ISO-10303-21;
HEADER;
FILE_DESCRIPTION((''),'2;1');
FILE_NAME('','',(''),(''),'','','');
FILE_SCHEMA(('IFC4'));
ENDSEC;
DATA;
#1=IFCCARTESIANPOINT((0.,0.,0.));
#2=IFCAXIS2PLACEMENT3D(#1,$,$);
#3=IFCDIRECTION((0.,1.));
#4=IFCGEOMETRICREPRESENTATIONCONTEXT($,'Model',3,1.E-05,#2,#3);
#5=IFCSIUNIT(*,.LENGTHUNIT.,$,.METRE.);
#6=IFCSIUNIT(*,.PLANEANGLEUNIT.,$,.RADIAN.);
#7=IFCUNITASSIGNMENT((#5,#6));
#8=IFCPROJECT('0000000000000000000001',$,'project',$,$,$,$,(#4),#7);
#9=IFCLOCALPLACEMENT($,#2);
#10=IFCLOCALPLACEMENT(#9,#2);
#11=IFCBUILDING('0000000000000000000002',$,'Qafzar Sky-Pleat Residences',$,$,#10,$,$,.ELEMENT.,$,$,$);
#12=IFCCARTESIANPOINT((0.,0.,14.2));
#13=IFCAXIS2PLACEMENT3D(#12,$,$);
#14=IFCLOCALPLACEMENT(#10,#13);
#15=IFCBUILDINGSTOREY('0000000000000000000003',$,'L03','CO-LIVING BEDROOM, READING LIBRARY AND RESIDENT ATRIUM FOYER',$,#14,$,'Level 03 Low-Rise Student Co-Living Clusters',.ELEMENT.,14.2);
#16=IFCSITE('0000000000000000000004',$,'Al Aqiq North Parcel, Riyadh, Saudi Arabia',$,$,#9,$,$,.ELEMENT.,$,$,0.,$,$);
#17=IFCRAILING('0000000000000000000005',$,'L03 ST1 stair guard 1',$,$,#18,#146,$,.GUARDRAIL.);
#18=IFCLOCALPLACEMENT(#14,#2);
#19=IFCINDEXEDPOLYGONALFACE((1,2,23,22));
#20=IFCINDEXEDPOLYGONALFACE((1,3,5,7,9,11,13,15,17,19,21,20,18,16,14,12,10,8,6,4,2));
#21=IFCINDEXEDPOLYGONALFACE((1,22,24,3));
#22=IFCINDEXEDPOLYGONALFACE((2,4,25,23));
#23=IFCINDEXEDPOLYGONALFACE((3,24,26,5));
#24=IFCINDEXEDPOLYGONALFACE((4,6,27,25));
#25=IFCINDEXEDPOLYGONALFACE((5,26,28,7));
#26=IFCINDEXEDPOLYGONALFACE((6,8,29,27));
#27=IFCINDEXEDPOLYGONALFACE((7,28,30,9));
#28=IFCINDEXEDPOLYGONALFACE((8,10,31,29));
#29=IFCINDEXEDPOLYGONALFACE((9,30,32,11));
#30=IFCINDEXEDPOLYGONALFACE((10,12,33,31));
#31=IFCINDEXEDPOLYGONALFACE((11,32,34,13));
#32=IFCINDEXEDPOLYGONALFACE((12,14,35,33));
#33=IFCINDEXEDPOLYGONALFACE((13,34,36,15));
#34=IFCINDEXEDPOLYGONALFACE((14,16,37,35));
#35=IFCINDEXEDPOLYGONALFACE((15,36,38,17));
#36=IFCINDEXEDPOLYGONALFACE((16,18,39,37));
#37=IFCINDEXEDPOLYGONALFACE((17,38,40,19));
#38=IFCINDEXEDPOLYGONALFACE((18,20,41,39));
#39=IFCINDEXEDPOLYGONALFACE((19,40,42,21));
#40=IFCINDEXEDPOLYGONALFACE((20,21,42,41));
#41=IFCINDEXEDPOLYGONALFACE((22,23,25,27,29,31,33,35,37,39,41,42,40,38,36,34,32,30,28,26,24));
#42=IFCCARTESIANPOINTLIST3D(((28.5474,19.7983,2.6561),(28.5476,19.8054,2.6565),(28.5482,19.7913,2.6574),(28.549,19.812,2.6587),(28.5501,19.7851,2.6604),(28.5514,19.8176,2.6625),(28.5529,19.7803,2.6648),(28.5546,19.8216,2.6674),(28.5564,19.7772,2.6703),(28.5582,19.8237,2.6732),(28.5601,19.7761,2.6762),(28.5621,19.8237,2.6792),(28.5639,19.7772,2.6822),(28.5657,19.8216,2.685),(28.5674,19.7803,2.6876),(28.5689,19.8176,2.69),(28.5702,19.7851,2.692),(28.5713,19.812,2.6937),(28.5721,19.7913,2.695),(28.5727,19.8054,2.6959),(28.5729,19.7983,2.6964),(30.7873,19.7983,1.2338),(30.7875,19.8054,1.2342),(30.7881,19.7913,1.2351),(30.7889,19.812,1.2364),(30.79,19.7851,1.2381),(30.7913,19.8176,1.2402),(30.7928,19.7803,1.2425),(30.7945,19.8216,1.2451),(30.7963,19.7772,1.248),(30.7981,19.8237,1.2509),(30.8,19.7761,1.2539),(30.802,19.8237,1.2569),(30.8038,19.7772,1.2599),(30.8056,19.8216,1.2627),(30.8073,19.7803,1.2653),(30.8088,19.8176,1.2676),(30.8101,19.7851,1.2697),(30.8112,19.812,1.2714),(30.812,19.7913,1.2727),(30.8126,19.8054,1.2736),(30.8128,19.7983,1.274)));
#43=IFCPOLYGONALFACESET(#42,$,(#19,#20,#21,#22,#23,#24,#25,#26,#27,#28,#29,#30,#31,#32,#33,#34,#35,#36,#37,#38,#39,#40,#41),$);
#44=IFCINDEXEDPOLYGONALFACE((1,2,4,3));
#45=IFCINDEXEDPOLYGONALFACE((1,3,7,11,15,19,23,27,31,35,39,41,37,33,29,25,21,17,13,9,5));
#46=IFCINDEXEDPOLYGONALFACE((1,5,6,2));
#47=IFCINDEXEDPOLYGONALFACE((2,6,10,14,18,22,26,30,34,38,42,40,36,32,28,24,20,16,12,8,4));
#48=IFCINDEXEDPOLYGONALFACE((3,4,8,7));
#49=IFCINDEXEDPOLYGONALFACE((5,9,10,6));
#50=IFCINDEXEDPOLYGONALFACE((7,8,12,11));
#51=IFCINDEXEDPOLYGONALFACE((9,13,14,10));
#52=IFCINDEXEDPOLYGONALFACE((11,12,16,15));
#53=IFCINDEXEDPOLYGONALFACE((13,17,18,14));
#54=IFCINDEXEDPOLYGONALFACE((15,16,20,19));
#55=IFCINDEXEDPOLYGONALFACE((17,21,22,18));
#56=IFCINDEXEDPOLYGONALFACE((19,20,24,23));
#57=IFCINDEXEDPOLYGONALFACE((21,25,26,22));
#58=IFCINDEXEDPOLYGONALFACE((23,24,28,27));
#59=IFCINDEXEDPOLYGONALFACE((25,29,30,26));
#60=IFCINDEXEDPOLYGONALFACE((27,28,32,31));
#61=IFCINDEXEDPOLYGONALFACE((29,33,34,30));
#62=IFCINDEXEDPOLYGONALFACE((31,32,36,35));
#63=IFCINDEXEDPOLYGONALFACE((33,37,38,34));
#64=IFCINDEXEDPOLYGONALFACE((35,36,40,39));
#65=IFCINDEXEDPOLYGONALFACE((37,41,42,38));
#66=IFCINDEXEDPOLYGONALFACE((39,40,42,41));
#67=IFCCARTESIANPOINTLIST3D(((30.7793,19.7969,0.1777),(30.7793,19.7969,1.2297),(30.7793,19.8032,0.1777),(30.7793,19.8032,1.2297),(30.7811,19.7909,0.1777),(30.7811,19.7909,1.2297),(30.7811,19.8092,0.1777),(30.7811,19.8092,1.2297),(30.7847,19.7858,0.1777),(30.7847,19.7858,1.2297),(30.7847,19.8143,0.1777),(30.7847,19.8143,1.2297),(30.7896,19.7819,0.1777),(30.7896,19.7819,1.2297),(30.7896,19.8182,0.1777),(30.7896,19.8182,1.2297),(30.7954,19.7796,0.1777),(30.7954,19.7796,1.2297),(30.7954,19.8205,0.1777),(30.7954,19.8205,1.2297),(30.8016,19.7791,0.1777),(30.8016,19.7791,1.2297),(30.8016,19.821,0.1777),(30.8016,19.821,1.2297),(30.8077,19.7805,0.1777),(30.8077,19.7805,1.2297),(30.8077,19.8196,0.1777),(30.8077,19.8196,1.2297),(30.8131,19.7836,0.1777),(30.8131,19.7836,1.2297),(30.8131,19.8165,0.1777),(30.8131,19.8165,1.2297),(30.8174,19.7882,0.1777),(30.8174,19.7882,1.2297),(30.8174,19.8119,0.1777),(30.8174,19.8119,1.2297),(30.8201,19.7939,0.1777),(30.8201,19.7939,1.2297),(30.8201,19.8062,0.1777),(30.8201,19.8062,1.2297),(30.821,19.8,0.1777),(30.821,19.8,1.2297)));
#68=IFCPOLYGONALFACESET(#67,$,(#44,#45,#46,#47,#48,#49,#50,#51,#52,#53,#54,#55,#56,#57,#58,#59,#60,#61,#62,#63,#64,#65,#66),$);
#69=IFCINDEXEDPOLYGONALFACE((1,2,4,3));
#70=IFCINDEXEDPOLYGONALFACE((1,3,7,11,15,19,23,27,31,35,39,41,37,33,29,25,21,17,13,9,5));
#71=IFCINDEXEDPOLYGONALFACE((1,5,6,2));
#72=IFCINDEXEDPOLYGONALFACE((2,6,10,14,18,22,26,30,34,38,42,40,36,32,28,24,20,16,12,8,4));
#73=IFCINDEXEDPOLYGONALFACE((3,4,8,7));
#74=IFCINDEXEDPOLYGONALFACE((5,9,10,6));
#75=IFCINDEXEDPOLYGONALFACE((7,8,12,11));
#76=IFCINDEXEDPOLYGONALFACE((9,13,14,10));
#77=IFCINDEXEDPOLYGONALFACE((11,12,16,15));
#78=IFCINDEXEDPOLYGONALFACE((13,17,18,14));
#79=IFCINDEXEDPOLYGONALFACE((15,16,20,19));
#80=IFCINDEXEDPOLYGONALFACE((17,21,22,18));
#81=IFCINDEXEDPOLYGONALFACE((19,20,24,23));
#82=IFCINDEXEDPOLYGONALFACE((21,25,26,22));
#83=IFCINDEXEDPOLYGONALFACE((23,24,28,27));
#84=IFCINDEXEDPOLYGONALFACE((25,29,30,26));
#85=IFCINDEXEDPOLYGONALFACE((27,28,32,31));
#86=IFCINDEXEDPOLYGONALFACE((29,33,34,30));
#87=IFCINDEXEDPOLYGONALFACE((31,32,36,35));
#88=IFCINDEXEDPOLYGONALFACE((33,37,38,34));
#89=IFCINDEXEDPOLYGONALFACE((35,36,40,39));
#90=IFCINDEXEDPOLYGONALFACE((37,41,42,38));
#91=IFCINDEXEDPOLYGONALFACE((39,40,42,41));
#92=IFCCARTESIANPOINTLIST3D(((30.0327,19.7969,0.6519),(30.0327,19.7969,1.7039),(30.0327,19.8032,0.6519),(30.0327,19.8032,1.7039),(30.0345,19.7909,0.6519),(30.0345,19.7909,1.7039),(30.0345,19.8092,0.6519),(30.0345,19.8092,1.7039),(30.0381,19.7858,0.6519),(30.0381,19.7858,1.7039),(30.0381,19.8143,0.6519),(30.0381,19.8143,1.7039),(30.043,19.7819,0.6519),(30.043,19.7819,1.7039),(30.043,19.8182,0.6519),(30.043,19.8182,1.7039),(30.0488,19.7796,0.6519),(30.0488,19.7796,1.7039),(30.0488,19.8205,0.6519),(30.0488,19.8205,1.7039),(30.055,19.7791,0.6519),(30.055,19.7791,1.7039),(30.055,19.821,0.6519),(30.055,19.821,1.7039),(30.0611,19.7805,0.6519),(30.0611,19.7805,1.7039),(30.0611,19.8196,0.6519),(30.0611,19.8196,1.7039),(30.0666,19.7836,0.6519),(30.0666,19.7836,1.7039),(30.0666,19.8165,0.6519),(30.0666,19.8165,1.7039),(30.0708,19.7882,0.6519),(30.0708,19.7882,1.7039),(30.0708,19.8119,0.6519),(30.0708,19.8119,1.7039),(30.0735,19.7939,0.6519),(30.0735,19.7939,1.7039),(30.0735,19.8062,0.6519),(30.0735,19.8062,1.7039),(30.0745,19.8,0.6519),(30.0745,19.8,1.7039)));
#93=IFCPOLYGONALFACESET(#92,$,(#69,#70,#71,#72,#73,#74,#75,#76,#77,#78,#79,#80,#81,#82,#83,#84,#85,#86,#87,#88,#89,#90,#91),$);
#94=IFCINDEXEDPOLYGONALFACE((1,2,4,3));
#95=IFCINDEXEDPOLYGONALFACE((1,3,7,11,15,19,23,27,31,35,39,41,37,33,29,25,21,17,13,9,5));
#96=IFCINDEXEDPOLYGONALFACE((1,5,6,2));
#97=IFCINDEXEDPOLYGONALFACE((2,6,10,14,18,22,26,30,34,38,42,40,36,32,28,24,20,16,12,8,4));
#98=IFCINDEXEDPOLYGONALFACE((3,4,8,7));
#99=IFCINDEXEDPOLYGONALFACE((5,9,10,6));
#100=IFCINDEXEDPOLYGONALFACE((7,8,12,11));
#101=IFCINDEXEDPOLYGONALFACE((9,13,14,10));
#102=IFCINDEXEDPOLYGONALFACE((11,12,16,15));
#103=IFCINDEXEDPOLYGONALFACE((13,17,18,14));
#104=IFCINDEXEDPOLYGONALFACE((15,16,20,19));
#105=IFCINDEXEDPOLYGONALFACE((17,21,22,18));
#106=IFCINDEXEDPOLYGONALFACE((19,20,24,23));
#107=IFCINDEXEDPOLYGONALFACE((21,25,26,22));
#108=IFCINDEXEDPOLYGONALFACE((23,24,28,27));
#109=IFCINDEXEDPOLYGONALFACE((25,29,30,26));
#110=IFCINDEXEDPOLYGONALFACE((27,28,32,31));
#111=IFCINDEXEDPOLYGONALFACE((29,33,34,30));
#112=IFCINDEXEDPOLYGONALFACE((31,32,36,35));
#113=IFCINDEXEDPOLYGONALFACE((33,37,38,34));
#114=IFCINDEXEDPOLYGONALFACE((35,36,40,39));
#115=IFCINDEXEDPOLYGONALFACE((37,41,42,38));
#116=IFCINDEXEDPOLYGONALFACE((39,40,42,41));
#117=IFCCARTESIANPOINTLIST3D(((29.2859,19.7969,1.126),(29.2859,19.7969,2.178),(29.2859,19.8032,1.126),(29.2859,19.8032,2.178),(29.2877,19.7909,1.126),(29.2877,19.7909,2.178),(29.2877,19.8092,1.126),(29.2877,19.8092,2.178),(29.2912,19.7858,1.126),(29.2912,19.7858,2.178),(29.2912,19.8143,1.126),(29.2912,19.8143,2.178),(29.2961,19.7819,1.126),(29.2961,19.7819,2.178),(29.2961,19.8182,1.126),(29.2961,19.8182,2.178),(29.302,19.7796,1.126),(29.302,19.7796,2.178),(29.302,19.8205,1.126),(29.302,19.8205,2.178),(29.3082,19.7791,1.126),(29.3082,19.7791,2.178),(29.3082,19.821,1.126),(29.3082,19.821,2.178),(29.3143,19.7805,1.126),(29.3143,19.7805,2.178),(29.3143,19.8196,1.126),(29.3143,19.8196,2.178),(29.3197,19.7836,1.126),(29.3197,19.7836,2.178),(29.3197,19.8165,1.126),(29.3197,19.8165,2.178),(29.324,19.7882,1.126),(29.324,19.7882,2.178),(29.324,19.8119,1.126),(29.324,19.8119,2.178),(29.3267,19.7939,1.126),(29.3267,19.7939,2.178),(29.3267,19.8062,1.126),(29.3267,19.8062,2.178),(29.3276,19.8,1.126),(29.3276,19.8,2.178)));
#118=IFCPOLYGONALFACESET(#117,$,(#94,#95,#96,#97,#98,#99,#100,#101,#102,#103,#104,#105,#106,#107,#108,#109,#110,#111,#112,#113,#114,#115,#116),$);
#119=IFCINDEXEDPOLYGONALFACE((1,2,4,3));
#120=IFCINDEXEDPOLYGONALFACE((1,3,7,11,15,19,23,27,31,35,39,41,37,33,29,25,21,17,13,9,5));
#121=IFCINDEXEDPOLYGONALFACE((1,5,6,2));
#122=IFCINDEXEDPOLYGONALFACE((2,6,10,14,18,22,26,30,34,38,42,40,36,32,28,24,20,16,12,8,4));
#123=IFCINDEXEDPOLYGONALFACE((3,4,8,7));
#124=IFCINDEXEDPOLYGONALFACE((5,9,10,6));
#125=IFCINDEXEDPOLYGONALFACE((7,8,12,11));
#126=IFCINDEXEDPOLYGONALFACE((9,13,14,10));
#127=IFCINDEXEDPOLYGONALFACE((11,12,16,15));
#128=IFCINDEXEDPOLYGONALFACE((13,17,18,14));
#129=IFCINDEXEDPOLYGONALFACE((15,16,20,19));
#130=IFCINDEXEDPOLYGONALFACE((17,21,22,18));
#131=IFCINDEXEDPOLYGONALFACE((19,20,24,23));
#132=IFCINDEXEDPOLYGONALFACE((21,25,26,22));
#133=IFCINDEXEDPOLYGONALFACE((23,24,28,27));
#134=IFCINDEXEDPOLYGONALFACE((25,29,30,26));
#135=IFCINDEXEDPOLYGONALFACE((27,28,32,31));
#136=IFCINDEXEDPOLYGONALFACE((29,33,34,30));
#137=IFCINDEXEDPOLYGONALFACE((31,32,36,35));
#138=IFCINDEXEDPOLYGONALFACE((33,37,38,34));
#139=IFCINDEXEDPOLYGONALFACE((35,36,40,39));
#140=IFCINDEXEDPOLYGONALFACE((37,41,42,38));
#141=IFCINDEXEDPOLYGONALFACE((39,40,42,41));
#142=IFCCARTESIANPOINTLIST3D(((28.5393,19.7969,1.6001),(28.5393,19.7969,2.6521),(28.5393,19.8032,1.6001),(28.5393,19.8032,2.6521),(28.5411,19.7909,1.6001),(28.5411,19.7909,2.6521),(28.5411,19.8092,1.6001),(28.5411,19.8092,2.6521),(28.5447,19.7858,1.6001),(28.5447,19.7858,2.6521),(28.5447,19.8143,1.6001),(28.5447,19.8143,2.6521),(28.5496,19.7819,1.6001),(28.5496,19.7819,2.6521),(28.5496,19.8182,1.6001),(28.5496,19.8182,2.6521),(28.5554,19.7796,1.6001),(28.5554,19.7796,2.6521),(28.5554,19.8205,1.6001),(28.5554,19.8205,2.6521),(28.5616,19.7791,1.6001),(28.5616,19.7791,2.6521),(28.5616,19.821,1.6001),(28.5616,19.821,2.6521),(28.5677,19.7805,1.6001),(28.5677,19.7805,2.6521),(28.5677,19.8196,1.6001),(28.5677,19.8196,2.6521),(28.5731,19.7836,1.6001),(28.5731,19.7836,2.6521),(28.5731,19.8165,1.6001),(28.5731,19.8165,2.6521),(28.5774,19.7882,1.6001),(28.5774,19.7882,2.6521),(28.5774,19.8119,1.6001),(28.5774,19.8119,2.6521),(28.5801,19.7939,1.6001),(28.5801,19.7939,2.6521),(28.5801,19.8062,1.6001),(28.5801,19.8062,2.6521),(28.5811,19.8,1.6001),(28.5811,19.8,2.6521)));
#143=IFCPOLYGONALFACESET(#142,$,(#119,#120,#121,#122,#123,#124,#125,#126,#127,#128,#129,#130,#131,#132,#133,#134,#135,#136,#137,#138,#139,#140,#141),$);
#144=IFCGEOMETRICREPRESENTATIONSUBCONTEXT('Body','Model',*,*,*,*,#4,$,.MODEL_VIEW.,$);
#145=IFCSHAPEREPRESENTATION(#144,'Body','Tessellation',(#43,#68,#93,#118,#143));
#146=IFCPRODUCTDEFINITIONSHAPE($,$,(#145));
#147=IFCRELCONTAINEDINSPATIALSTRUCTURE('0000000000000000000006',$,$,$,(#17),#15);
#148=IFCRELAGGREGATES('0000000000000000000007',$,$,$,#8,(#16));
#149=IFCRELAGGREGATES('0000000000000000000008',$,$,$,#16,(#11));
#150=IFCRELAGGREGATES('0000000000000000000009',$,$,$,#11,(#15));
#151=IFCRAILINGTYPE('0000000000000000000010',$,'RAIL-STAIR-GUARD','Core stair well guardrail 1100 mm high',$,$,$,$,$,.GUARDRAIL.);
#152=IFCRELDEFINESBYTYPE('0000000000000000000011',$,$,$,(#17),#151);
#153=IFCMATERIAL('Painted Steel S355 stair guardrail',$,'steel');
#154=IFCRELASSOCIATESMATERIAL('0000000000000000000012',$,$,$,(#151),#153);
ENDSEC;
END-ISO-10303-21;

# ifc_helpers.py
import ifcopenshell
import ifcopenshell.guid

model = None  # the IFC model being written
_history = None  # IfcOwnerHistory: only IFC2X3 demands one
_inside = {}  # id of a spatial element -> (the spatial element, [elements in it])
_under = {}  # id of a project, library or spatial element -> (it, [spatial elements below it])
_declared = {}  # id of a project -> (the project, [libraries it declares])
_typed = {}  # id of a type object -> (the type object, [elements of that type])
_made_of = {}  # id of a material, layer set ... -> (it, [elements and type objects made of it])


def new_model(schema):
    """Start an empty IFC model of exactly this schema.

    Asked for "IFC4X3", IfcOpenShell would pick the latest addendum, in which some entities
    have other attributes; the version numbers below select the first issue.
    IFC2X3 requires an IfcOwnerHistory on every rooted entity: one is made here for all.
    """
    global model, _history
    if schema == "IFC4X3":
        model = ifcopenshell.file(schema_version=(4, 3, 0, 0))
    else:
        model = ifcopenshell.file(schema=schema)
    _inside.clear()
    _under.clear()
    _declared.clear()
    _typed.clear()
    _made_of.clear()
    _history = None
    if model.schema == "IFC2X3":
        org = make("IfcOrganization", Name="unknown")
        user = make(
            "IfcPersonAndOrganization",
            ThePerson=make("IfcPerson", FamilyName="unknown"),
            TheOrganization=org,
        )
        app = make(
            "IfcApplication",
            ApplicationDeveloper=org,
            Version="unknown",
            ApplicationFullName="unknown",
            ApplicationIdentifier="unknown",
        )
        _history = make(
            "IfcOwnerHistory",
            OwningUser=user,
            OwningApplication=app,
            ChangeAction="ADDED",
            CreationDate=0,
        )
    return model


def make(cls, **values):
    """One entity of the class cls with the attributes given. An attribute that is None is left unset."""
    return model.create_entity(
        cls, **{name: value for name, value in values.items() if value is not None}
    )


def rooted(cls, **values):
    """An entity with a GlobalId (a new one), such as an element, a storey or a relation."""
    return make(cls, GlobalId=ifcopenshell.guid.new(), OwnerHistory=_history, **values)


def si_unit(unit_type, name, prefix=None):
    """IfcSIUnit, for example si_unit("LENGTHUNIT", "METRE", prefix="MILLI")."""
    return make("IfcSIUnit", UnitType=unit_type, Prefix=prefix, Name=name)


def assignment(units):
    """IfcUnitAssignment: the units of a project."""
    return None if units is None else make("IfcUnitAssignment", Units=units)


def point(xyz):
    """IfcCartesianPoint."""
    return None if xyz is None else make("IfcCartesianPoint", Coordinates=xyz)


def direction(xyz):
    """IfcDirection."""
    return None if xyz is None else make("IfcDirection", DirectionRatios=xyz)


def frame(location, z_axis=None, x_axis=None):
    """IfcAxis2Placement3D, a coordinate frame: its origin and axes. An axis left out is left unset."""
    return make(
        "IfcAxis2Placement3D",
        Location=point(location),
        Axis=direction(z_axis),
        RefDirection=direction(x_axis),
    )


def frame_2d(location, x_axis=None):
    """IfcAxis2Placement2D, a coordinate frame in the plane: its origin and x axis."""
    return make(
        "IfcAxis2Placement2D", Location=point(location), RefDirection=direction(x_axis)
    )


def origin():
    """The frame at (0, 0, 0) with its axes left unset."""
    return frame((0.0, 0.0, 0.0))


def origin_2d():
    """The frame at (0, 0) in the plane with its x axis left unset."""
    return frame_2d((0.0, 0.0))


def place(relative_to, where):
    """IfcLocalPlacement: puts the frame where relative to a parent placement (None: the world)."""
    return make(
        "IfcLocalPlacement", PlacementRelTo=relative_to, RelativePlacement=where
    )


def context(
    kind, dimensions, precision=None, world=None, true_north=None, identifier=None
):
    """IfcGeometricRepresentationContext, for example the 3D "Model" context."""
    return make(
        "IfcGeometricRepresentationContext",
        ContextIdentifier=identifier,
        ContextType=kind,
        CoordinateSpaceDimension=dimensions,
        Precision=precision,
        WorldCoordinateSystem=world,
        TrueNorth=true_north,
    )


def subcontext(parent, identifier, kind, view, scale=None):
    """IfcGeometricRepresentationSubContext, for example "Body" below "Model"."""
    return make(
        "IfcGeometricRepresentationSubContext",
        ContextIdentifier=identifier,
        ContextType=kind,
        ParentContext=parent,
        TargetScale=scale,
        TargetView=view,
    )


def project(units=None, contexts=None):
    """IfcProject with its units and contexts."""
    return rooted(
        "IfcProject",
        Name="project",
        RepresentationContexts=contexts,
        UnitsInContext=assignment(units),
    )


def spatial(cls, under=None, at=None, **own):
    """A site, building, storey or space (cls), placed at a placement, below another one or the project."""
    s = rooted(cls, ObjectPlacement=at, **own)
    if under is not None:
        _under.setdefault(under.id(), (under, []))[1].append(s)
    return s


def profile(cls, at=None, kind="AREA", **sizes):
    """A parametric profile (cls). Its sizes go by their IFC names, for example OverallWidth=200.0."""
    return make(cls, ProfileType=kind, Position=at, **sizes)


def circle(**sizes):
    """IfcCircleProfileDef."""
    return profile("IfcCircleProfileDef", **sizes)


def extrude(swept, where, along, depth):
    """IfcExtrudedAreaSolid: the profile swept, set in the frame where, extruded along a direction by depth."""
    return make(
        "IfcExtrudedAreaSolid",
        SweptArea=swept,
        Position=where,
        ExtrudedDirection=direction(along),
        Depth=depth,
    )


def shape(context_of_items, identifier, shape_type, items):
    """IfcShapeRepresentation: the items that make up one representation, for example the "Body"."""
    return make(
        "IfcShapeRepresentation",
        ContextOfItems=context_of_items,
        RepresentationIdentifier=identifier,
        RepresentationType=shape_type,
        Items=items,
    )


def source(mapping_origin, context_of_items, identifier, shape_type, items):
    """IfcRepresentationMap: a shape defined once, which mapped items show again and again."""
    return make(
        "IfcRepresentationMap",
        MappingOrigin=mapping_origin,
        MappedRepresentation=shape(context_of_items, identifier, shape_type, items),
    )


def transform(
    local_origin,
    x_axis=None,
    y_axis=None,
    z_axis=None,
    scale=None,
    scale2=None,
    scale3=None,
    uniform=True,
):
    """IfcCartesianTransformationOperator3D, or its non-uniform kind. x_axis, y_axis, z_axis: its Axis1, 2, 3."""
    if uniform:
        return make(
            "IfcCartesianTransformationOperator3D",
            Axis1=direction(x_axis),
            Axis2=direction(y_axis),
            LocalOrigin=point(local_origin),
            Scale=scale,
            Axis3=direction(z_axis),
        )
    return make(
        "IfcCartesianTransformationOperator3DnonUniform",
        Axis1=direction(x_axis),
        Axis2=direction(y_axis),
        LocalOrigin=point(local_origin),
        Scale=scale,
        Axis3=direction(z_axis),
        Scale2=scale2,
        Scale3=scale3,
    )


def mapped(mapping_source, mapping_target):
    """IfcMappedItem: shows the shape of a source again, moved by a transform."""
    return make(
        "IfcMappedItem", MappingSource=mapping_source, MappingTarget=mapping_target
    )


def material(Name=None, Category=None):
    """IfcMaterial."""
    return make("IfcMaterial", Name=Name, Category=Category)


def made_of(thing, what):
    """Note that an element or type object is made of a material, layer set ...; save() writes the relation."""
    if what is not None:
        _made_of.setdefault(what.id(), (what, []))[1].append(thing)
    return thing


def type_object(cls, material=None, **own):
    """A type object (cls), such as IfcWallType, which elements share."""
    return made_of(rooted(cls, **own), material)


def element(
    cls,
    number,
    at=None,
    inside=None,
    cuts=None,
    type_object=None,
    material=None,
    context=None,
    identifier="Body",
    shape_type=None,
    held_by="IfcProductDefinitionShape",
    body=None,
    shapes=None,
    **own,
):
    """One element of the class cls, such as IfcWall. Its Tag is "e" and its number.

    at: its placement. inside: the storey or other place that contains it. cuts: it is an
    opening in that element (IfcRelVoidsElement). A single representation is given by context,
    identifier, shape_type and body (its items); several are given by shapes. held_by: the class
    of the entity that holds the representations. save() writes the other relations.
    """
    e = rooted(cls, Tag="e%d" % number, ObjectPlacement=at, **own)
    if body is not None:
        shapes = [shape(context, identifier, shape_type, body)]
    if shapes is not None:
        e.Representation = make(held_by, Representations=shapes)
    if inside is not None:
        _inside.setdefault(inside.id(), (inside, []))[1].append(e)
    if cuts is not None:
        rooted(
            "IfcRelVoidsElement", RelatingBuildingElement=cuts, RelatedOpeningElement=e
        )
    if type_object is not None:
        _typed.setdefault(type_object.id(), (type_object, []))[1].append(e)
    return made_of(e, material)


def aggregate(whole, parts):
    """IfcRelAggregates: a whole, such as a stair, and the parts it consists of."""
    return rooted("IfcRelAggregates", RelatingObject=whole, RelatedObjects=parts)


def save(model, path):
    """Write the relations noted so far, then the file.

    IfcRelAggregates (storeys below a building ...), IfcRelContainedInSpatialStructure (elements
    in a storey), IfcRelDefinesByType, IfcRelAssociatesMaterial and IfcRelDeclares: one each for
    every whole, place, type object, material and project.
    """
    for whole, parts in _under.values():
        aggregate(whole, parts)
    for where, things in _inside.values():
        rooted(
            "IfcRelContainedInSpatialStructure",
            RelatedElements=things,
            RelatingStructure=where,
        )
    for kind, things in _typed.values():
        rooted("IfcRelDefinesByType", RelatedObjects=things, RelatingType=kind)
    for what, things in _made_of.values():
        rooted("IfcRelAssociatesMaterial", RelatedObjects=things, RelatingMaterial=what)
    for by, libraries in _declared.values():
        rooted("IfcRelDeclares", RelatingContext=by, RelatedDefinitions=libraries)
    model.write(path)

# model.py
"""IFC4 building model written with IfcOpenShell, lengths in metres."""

from ifc_helpers import new_model, si_unit, direction, frame, origin, origin_2d, place, context, subcontext, project, spatial, circle, extrude, source, transform, mapped, material, type_object, element, save


model = new_model("IFC4")

# Units and contexts
model_context = context("Model", 3, precision=1e-05, world=origin(), true_north=direction((0.0, 1.0)))
body_context = subcontext(model_context, "Body", "Model", "MODEL_VIEW")
ifc_project = project(units=[si_unit("LENGTHUNIT", "METRE"), si_unit("PLANEANGLEUNIT", "RADIAN")], contexts=[model_context])

# Site, building, storey
site_placement = place(None, origin())
site = spatial("IfcSite", under=ifc_project, at=site_placement, Name="Al Aqiq North Parcel, Riyadh, Saudi Arabia", CompositionType="ELEMENT", RefElevation=0.0)
building_placement = place(site_placement, origin())
building = spatial("IfcBuilding", under=site, at=building_placement, Name="Qafzar Sky-Pleat Residences", CompositionType="ELEMENT")
storey_placement = place(building_placement, frame((0.0, 0.0, 14.2)))
storey = spatial("IfcBuildingStorey", under=building, at=storey_placement, Name="L03", Description="CO-LIVING BEDROOM, READING LIBRARY AND RESIDENT ATRIUM FOYER", LongName="Level 03 Low-Rise Student Co-Living Clusters", CompositionType="ELEMENT", Elevation=14.2)

# Railing
ifc_material_1 = material(Name="Painted Steel S355 stair guardrail", Category="steel")
railing_type_1 = type_object("IfcRailingType", Name="RAIL-STAIR-GUARD", Description="Core stair well guardrail 1100 mm high", PredefinedType="GUARDRAIL", material=ifc_material_1)
shared_shape_1 = source(origin(), body_context, "Body", "SweptSolid", [
    extrude(circle(Radius=0.0239, at=origin_2d()), frame((0.0, 0.0, 1.0762), z_axis=(-0.844188, 0.0, 0.536048), x_axis=(0.0, -1.0, 0.0)), (0.0, 0.0, 1.0), 2.6533),
    extrude(circle(Radius=0.021, at=origin_2d()), origin(), (0.0, 0.0, 1.0), 1.052),
    extrude(circle(Radius=0.021, at=origin_2d()), frame((-0.7466, 0.0, 0.4741)), (0.0, 0.0, 1.0), 1.052),
    extrude(circle(Radius=0.021, at=origin_2d()), frame((-1.4934, 0.0, 0.9482)), (0.0, 0.0, 1.0), 1.052),
    extrude(circle(Radius=0.021, at=origin_2d()), frame((-2.24, 0.0, 1.4224)), (0.0, 0.0, 1.0), 1.052),
])
railing_1_placement = place(storey_placement, frame((30.8, 19.8, 0.1777)))
element("IfcRailing", 1, at=railing_1_placement, inside=storey, type_object=railing_type_1, Name="L03 ST1 stair guard 1", PredefinedType="GUARDRAIL", context=body_context, shape_type="MappedRepresentation", body=[
    mapped(shared_shape_1, transform((0.0, 0.0, 0.0), x_axis=(1.0, 0.0, 0.0), y_axis=(0.0, 1.0, 0.0), z_axis=(0.0, 0.0, 1.0), scale=1.0)),
])

save(model, "model.ifc")
